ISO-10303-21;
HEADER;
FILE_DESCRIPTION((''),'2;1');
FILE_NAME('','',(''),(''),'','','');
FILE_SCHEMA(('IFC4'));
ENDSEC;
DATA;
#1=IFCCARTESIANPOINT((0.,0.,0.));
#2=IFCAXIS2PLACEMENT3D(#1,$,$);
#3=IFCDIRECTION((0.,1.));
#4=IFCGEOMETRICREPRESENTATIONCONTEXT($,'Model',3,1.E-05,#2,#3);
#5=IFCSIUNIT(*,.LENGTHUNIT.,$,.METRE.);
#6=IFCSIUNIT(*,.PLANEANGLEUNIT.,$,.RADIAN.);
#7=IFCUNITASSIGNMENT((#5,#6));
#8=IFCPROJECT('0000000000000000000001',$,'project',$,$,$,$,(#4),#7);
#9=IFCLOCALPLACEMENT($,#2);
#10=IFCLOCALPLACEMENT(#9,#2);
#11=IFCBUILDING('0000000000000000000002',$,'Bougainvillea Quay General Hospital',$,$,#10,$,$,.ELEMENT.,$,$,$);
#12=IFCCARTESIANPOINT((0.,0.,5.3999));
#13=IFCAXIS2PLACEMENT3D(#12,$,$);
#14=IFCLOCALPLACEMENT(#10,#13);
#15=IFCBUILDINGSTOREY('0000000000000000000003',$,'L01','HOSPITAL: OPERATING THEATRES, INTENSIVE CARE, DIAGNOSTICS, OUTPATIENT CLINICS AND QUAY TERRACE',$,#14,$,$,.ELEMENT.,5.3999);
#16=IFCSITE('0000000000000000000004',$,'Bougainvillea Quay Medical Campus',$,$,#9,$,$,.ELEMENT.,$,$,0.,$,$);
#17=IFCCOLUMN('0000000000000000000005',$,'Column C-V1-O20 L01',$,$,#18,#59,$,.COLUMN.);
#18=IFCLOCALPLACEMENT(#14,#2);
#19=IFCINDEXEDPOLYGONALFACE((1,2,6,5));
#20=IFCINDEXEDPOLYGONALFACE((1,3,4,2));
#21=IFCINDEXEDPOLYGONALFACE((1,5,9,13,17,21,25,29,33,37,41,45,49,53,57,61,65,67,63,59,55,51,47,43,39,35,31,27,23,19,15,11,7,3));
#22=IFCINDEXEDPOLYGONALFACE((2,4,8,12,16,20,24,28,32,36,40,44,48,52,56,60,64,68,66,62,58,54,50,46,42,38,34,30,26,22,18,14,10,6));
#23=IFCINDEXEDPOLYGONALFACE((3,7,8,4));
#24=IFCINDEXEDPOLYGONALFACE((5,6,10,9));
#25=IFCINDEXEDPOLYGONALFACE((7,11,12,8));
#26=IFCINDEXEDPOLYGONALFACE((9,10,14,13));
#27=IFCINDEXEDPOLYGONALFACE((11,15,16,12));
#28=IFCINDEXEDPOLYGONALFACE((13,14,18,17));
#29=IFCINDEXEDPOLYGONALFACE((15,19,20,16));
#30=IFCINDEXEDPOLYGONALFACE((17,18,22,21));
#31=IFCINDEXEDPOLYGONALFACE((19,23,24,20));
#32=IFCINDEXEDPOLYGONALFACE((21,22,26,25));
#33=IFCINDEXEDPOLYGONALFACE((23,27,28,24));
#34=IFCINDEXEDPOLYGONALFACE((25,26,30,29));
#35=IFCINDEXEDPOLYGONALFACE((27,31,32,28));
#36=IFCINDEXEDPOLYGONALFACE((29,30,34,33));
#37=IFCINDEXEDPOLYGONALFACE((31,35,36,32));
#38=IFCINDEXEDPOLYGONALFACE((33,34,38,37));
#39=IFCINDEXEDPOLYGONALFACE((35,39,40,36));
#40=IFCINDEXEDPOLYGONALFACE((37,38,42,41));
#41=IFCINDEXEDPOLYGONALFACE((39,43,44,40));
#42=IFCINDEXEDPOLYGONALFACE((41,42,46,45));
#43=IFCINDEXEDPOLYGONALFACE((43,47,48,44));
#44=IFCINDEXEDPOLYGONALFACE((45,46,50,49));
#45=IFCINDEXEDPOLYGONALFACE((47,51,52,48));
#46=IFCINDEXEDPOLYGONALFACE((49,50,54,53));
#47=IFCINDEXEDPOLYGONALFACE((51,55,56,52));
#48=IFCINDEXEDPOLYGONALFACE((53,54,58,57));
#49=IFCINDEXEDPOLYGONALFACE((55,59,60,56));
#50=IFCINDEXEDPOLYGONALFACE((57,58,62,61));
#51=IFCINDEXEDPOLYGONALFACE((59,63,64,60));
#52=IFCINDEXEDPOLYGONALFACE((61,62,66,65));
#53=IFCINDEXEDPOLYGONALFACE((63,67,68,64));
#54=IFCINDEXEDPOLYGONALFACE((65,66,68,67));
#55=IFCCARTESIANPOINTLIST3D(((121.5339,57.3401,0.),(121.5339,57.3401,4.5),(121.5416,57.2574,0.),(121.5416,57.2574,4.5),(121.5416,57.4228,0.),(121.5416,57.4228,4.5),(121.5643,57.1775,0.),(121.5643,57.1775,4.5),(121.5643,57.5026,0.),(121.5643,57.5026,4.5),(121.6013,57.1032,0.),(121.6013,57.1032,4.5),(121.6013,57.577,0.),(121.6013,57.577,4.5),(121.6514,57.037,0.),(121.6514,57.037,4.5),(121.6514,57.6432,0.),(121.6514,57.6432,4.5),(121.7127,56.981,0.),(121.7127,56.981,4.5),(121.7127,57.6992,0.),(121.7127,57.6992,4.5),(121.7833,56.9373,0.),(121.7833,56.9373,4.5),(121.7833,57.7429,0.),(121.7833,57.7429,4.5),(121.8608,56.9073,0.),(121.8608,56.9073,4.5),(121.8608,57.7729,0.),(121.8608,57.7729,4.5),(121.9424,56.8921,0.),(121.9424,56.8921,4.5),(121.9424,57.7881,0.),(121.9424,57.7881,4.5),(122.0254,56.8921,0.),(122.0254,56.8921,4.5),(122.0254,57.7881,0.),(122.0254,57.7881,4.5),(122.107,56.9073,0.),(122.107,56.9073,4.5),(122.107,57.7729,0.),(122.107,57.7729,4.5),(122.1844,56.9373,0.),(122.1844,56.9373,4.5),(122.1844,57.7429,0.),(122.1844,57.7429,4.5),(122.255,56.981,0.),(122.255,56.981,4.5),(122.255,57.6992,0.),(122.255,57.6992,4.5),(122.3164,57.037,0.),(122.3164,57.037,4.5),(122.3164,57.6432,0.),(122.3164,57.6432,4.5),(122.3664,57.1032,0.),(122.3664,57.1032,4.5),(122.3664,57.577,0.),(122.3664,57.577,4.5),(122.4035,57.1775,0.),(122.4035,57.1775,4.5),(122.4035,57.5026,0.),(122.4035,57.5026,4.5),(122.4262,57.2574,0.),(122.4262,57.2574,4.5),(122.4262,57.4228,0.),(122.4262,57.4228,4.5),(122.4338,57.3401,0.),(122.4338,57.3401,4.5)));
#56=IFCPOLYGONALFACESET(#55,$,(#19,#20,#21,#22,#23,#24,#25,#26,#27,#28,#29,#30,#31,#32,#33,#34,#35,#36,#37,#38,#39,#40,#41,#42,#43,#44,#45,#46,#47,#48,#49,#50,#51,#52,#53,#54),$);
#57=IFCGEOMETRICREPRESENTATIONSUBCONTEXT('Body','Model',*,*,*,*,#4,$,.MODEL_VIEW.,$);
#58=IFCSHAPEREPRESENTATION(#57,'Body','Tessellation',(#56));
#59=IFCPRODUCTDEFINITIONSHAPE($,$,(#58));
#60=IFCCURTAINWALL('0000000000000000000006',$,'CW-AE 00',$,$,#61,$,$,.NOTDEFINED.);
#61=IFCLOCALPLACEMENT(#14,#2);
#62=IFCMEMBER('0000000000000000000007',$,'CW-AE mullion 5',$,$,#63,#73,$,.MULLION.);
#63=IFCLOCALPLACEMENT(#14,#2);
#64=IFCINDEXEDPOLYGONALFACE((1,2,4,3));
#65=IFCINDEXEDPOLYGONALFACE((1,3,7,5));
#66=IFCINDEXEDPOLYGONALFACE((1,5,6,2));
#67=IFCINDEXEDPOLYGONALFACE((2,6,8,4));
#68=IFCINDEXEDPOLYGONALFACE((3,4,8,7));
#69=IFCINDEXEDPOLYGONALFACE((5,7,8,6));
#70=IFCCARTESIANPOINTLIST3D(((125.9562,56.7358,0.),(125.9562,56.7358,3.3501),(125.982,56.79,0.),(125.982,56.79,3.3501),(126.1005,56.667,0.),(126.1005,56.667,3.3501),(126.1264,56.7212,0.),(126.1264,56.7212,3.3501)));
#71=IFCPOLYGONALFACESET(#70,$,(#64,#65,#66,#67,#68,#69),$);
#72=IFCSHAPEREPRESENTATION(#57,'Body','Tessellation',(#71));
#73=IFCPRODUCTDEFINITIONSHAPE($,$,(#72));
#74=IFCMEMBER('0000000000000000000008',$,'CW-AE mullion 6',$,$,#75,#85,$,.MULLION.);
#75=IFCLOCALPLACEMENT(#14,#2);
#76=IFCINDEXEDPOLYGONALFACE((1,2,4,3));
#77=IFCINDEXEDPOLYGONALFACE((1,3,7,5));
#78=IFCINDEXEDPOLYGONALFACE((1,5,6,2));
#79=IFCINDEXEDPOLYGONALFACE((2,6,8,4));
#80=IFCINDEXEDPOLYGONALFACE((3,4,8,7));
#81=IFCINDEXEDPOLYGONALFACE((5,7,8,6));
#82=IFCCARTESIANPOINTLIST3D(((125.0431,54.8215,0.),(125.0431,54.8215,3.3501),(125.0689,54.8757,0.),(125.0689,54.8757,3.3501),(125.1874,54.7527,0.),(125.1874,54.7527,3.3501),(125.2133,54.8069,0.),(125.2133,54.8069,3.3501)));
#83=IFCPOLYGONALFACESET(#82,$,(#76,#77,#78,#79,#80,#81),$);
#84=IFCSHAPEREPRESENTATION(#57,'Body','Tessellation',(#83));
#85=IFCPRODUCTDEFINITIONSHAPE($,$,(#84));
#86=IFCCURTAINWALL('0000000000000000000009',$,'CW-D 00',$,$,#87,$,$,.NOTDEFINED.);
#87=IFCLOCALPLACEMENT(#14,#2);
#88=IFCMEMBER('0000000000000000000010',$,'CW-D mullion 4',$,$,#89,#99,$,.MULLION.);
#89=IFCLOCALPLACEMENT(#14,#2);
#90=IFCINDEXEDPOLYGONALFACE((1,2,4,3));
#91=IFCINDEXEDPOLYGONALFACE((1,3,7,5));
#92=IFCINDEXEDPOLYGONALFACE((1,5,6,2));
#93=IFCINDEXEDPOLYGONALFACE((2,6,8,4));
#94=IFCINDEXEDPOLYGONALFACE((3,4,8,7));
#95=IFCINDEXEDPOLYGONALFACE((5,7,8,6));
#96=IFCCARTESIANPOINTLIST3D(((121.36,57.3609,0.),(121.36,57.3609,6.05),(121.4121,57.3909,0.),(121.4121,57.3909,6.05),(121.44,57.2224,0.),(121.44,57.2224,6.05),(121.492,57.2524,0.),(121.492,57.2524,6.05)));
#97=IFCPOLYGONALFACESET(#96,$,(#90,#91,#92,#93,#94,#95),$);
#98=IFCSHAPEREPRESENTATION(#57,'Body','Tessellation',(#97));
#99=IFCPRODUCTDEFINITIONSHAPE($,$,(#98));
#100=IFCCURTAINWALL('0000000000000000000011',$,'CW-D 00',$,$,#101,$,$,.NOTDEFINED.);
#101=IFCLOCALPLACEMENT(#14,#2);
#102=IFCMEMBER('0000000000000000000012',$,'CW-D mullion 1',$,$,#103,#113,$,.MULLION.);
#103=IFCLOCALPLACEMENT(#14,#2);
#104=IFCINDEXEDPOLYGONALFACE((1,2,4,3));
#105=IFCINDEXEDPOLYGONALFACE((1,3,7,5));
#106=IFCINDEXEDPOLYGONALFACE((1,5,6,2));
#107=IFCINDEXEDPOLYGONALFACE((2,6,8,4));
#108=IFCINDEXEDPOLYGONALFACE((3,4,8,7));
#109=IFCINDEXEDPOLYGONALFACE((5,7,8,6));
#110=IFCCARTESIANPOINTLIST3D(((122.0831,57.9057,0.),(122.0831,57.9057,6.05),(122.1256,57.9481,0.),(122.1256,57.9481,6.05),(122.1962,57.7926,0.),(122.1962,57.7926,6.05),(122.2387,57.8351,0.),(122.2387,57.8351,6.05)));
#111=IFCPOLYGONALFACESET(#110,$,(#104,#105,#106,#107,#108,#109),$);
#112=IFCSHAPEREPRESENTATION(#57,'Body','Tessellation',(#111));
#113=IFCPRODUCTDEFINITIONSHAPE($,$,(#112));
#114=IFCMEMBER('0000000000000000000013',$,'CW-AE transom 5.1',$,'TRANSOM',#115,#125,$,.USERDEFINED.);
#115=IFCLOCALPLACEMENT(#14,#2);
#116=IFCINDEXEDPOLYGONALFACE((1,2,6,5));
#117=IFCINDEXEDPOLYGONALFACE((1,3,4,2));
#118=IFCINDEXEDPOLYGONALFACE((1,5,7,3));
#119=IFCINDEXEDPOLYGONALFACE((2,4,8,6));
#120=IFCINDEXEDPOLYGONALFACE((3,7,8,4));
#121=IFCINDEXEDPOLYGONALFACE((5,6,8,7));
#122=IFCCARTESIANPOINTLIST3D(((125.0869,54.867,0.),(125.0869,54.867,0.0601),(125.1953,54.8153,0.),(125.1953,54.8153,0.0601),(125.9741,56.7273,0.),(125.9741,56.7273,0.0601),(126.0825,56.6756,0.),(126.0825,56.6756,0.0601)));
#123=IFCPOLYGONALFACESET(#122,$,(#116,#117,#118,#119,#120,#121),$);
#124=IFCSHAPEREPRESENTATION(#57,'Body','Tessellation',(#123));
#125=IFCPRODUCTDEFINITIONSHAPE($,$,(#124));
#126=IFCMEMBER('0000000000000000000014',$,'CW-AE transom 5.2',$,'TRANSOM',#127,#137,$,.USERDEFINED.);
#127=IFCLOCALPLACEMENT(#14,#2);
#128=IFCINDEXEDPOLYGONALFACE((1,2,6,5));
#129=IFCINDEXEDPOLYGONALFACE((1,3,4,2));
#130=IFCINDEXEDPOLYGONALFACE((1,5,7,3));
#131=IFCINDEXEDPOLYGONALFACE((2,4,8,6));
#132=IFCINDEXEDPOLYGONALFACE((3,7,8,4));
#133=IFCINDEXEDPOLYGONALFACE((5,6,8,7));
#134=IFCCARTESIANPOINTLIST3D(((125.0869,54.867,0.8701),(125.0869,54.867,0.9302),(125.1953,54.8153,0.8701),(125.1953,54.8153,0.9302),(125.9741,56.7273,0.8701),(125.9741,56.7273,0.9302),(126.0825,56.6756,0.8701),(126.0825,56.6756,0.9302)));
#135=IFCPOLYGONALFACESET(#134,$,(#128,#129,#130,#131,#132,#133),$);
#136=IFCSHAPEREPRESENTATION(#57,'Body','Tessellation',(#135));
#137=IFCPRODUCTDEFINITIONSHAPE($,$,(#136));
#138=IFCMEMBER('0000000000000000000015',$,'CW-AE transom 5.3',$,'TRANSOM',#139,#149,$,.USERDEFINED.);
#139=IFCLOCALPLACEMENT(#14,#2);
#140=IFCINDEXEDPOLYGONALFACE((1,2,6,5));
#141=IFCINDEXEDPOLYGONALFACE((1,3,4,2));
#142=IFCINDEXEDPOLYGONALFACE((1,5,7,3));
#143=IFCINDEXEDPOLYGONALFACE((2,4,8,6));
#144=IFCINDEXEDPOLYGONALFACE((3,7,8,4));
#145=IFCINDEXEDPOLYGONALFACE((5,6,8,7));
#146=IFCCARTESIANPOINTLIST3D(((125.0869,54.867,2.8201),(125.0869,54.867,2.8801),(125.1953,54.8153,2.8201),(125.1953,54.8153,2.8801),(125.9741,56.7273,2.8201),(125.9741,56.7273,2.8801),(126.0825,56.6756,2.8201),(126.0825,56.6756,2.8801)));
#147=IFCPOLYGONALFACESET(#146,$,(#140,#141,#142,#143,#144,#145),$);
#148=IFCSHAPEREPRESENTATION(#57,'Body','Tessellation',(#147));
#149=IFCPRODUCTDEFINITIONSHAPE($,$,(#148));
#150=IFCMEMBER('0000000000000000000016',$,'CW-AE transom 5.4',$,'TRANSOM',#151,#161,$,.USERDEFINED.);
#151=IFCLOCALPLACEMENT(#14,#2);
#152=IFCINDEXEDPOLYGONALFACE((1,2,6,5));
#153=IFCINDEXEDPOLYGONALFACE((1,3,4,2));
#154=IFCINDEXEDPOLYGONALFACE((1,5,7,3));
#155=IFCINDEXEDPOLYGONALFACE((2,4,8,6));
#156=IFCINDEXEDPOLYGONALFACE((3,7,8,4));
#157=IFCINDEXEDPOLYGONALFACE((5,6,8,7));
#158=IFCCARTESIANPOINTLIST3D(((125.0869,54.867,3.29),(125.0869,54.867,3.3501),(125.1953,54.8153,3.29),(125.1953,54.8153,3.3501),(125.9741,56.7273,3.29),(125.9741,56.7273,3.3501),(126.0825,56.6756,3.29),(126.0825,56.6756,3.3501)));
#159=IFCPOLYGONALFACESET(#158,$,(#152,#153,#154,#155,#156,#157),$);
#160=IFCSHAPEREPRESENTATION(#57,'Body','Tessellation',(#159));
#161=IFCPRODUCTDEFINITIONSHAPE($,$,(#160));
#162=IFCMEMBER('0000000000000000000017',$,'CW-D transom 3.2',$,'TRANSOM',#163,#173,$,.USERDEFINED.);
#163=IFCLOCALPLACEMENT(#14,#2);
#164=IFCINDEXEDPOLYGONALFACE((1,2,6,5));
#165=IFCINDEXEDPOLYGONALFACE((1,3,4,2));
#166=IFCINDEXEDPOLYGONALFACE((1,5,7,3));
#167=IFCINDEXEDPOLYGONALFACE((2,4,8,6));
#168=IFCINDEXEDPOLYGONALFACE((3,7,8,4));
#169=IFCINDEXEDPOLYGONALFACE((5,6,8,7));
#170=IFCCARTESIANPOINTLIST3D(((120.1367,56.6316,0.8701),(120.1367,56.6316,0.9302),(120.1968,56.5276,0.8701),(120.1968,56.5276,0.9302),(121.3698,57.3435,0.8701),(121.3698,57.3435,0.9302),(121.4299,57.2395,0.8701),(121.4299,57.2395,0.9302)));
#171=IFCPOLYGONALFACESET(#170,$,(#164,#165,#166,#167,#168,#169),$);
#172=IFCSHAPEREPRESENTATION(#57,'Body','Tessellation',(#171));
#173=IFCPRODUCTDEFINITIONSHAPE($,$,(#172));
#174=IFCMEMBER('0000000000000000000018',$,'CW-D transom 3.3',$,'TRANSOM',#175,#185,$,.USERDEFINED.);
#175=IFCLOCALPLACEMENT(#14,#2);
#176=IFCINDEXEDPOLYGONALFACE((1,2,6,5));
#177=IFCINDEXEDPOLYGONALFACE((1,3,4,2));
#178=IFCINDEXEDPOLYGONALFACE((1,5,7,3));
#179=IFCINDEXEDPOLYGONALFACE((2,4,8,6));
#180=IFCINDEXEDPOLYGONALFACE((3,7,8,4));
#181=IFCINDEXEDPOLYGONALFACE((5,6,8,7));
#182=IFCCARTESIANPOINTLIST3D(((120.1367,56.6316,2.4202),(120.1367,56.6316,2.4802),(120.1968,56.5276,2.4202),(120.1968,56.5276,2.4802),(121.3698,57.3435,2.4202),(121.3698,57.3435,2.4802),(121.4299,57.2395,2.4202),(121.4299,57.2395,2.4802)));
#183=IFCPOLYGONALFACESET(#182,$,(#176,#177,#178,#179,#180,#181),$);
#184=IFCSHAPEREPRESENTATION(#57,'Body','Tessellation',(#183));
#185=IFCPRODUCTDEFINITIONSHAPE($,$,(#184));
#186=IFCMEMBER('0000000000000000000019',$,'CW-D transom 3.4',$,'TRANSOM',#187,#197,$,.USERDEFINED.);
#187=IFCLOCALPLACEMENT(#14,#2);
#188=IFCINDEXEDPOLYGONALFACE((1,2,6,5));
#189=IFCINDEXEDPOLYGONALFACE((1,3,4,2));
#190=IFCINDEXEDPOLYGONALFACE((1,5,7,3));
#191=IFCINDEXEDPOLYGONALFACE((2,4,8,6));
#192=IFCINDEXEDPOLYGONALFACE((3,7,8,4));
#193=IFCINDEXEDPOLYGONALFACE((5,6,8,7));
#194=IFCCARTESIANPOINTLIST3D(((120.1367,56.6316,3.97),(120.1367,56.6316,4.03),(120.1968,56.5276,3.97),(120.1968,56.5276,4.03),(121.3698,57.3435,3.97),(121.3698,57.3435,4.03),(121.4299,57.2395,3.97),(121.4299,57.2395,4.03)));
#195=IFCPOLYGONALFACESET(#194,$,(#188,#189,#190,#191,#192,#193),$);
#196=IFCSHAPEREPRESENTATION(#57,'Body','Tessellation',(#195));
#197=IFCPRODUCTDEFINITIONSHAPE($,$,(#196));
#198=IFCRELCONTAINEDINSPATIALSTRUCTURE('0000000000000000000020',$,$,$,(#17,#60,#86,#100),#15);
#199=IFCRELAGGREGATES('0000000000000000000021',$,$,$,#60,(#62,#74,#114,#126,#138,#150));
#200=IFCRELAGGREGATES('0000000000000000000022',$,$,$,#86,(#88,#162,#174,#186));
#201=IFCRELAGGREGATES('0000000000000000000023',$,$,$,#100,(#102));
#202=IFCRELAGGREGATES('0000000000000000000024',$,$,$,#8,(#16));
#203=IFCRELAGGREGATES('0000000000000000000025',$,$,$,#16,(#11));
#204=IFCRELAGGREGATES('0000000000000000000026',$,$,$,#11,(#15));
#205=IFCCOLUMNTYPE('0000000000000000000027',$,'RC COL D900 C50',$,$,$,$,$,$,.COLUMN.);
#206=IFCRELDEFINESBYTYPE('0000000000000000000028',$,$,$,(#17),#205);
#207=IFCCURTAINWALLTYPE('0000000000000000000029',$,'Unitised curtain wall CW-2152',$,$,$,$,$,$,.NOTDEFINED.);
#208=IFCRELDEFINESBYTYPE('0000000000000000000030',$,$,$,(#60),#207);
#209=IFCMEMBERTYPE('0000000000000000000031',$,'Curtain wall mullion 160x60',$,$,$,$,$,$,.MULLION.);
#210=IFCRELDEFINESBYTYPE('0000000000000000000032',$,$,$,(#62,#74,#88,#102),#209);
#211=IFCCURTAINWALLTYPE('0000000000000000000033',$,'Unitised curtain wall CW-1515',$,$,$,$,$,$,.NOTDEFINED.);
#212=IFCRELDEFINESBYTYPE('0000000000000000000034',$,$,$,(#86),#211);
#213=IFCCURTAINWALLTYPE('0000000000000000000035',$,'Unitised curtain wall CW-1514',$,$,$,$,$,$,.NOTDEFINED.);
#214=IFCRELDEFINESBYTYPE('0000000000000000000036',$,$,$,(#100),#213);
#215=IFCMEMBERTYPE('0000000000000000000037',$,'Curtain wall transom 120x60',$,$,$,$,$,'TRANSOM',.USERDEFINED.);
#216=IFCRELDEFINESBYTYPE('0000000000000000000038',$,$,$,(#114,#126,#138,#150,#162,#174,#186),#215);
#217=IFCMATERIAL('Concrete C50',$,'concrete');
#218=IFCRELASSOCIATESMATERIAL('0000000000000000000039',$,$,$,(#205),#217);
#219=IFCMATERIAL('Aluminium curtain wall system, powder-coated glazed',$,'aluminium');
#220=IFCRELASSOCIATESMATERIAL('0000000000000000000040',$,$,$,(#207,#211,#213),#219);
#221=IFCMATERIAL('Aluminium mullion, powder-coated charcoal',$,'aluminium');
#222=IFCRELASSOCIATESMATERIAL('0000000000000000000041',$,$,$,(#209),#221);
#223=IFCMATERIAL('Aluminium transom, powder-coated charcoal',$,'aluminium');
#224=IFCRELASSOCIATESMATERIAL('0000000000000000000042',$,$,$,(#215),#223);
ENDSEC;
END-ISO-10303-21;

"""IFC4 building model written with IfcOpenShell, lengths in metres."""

from ifc_helpers import new_model, si_unit, direction, frame, origin, origin_2d, place, context, subcontext, project, spatial, rectangle, circle, extrude, material, material_profile, profile_set, type_object, element, aggregate, save


model = new_model("IFC4")

# Units and contexts
model_context = context("Model", 3, precision=1e-05, world=origin(), true_north=direction((0.0, 1.0)))
body_context = subcontext(model_context, "Body", "Model", "MODEL_VIEW")
ifc_project = project(units=[si_unit("LENGTHUNIT", "METRE"), si_unit("PLANEANGLEUNIT", "RADIAN")], contexts=[model_context])

# Site, building, storey
site_placement = place(None, origin())
site = spatial("IfcSite", under=ifc_project, at=site_placement, Name="Bougainvillea Quay Medical Campus", CompositionType="ELEMENT", RefElevation=0.0)
building_placement = place(site_placement, origin())
building = spatial("IfcBuilding", under=site, at=building_placement, Name="Bougainvillea Quay General Hospital", CompositionType="ELEMENT")
storey_placement = place(building_placement, frame((0.0, 0.0, 5.3999)))
storey = spatial("IfcBuildingStorey", under=building, at=storey_placement, Name="L01", Description="HOSPITAL: OPERATING THEATRES, INTENSIVE CARE, DIAGNOSTICS, OUTPATIENT CLINICS AND QUAY TERRACE", CompositionType="ELEMENT", Elevation=5.3999)

# Column
ifc_material_1 = material(Name="Concrete C50", Category="concrete")
ifc_material_profile_1 = material_profile(ifc_material_1, circle(Radius=0.45, at=origin_2d()))
ifc_profile_set_1 = profile_set([ifc_material_profile_1], Name="Concrete C50")
column_type = type_object("IfcColumnType", Name="RC COL D900 C50", PredefinedType="COLUMN", material=ifc_profile_set_1)
column_placement = place(storey_placement, frame((121.9839, 57.3401, 0.0), z_axis=(0.0, 0.0, 1.0), x_axis=(1.0, 0.0, 0.0)))
element("IfcColumn", 1, at=column_placement, inside=storey, type_object=column_type, Name="Column C-V1-O20 L01", PredefinedType="COLUMN", context=body_context, shape_type="SweptSolid", body=[
    extrude(circle(Radius=0.45, at=origin_2d()), origin(), (0.0, 0.0, 1.0), 4.5),
])

# Curtain wall, members
ifc_material_2 = material(Name="Aluminium curtain wall system, powder-coated glazed", Category="aluminium")
curtain_wall_type_1 = type_object("IfcCurtainWallType", Name="Unitised curtain wall CW-2152", PredefinedType="NOTDEFINED", material=ifc_material_2)
curtain_wall_1_placement = place(storey_placement, origin())
curtain_wall_1 = element("IfcCurtainWall", 2, at=curtain_wall_1_placement, inside=storey, type_object=curtain_wall_type_1, Name="CW-AE 00", PredefinedType="NOTDEFINED")
ifc_material_3 = material(Name="Aluminium mullion, powder-coated charcoal", Category="aluminium")
ifc_material_profile_2 = material_profile(ifc_material_3, rectangle(XDim=0.1599, YDim=0.0601, at=origin_2d()))
ifc_profile_set_2 = profile_set([ifc_material_profile_2], Name="Aluminium mullion, powder-coated charcoal")
member_type_1 = type_object("IfcMemberType", Name="Curtain wall mullion 160x60", PredefinedType="MULLION", material=ifc_profile_set_2)
member_1_placement = place(storey_placement, frame((126.0413, 56.7285, 0.0), z_axis=(0.0, 0.0, 1.0), x_axis=(0.902576, -0.43053, 0.0)))
member_1 = element("IfcMember", 3, at=member_1_placement, type_object=member_type_1, Name="CW-AE mullion 5", PredefinedType="MULLION", context=body_context, shape_type="SweptSolid", body=[
    extrude(rectangle(XDim=0.1599, YDim=0.0601, at=origin_2d()), origin(), (0.0, 0.0, 1.0), 3.3501),
])
member_2_placement = place(storey_placement, frame((125.1282, 54.8142, 0.0), z_axis=(0.0, 0.0, 1.0), x_axis=(0.902576, -0.43053, 0.0)))
member_2 = element("IfcMember", 4, at=member_2_placement, type_object=member_type_1, Name="CW-AE mullion 6", PredefinedType="MULLION", context=body_context, shape_type="SweptSolid", body=[
    extrude(rectangle(XDim=0.1599, YDim=0.0601, at=origin_2d()), origin(), (0.0, 0.0, 1.0), 3.3501),
])

# Curtain walls, members
curtain_wall_type_2 = type_object("IfcCurtainWallType", Name="Unitised curtain wall CW-1515", PredefinedType="NOTDEFINED", material=ifc_material_2)
curtain_wall_2_placement = place(storey_placement, origin())
curtain_wall_2 = element("IfcCurtainWall", 5, at=curtain_wall_2_placement, inside=storey, type_object=curtain_wall_type_2, Name="CW-D 00", PredefinedType="NOTDEFINED")
member_3_placement = place(storey_placement, frame((121.426, 57.3066, 0.0), z_axis=(0.0, 0.0, 1.0), x_axis=(-0.499965, 0.866046, 0.0)))
member_3 = element("IfcMember", 6, at=member_3_placement, type_object=member_type_1, Name="CW-D mullion 4", PredefinedType="MULLION", context=body_context, shape_type="SweptSolid", body=[
    extrude(rectangle(XDim=0.1599, YDim=0.0601, at=origin_2d()), origin(), (0.0, 0.0, 1.0), 6.05),
])
curtain_wall_type_3 = type_object("IfcCurtainWallType", Name="Unitised curtain wall CW-1514", PredefinedType="NOTDEFINED", material=ifc_material_2)
curtain_wall_3_placement = place(storey_placement, origin())
curtain_wall_3 = element("IfcCurtainWall", 7, at=curtain_wall_3_placement, inside=storey, type_object=curtain_wall_type_3, Name="CW-D 00", PredefinedType="NOTDEFINED")
member_4_placement = place(storey_placement, frame((122.1609, 57.8704, 0.0), z_axis=(0.0, 0.0, 1.0), x_axis=(-0.707107, 0.707107, 0.0)))
member_4 = element("IfcMember", 8, at=member_4_placement, type_object=member_type_1, Name="CW-D mullion 1", PredefinedType="MULLION", context=body_context, shape_type="SweptSolid", body=[
    extrude(rectangle(XDim=0.1599, YDim=0.0601, at=origin_2d()), origin(), (0.0, 0.0, 1.0), 6.05),
])

# Members
ifc_material_4 = material(Name="Aluminium transom, powder-coated charcoal", Category="aluminium")
ifc_material_profile_3 = material_profile(ifc_material_4, rectangle(XDim=0.1201, YDim=0.0601, at=origin_2d()))
ifc_profile_set_3 = profile_set([ifc_material_profile_3], Name="Aluminium transom, powder-coated charcoal")
member_type_2 = type_object("IfcMemberType", Name="Curtain wall transom 120x60", ElementType="TRANSOM", PredefinedType="USERDEFINED", material=ifc_profile_set_3)
member_5_placement = place(storey_placement, frame((126.0283, 56.7014, 0.03), z_axis=(-0.430458, -0.902611, 0.0), x_axis=(0.902611, -0.430458, 0.0)))
member_5 = element("IfcMember", 9, at=member_5_placement, type_object=member_type_2, Name="CW-AE transom 5.1", ObjectType="TRANSOM", PredefinedType="USERDEFINED", context=body_context, shape_type="SweptSolid", body=[
    extrude(rectangle(XDim=0.1201, YDim=0.0601, at=origin_2d()), origin(), (0.0, 0.0, 1.0), 2.061),
])
member_6_placement = place(storey_placement, frame((126.0283, 56.7014, 0.9001), z_axis=(-0.430458, -0.902611, 0.0), x_axis=(0.902611, -0.430458, 0.0)))
member_6 = element("IfcMember", 10, at=member_6_placement, type_object=member_type_2, Name="CW-AE transom 5.2", ObjectType="TRANSOM", PredefinedType="USERDEFINED", context=body_context, shape_type="SweptSolid", body=[
    extrude(rectangle(XDim=0.1201, YDim=0.0601, at=origin_2d()), origin(), (0.0, 0.0, 1.0), 2.061),
])
member_7_placement = place(storey_placement, frame((126.0283, 56.7014, 2.8501), z_axis=(-0.430458, -0.902611, 0.0), x_axis=(0.902611, -0.430458, 0.0)))
member_7 = element("IfcMember", 11, at=member_7_placement, type_object=member_type_2, Name="CW-AE transom 5.3", ObjectType="TRANSOM", PredefinedType="USERDEFINED", context=body_context, shape_type="SweptSolid", body=[
    extrude(rectangle(XDim=0.1201, YDim=0.0601, at=origin_2d()), origin(), (0.0, 0.0, 1.0), 2.061),
])
member_8_placement = place(storey_placement, frame((126.0283, 56.7014, 3.3201), z_axis=(-0.430458, -0.902611, 0.0), x_axis=(0.902611, -0.430458, 0.0)))
member_8 = element("IfcMember", 12, at=member_8_placement, type_object=member_type_2, Name="CW-AE transom 5.4", ObjectType="TRANSOM", PredefinedType="USERDEFINED", context=body_context, shape_type="SweptSolid", body=[
    extrude(rectangle(XDim=0.1201, YDim=0.0601, at=origin_2d()), origin(), (0.0, 0.0, 1.0), 2.061),
])
member_9_placement = place(storey_placement, frame((120.1667, 56.5796, 0.9001), z_axis=(0.86604, 0.499975, 0.0), x_axis=(-0.499975, 0.86604, 0.0)))
member_9 = element("IfcMember", 13, at=member_9_placement, type_object=member_type_2, Name="CW-D transom 3.2", ObjectType="TRANSOM", PredefinedType="USERDEFINED", context=body_context, shape_type="SweptSolid", body=[
    extrude(rectangle(XDim=0.1201, YDim=0.0601, at=origin_2d()), origin(), (0.0, 0.0, 1.0), 1.4238),
])
member_10_placement = place(storey_placement, frame((120.1667, 56.5796, 2.4502), z_axis=(0.86604, 0.499975, 0.0), x_axis=(-0.499975, 0.86604, 0.0)))
member_10 = element("IfcMember", 14, at=member_10_placement, type_object=member_type_2, Name="CW-D transom 3.3", ObjectType="TRANSOM", PredefinedType="USERDEFINED", context=body_context, shape_type="SweptSolid", body=[
    extrude(rectangle(XDim=0.1201, YDim=0.0601, at=origin_2d()), origin(), (0.0, 0.0, 1.0), 1.4238),
])
member_11_placement = place(storey_placement, frame((120.1667, 56.5796, 4.0), z_axis=(0.86604, 0.499975, 0.0), x_axis=(-0.499975, 0.86604, 0.0)))
member_11 = element("IfcMember", 15, at=member_11_placement, type_object=member_type_2, Name="CW-D transom 3.4", ObjectType="TRANSOM", PredefinedType="USERDEFINED", context=body_context, shape_type="SweptSolid", body=[
    extrude(rectangle(XDim=0.1201, YDim=0.0601, at=origin_2d()), origin(), (0.0, 0.0, 1.0), 1.4238),
])

aggregate(curtain_wall_1, [member_1, member_2, member_5, member_6, member_7, member_8])
aggregate(curtain_wall_2, [member_3, member_9, member_10, member_11])
aggregate(curtain_wall_3, [member_4])

save(model, "model.ifc")
